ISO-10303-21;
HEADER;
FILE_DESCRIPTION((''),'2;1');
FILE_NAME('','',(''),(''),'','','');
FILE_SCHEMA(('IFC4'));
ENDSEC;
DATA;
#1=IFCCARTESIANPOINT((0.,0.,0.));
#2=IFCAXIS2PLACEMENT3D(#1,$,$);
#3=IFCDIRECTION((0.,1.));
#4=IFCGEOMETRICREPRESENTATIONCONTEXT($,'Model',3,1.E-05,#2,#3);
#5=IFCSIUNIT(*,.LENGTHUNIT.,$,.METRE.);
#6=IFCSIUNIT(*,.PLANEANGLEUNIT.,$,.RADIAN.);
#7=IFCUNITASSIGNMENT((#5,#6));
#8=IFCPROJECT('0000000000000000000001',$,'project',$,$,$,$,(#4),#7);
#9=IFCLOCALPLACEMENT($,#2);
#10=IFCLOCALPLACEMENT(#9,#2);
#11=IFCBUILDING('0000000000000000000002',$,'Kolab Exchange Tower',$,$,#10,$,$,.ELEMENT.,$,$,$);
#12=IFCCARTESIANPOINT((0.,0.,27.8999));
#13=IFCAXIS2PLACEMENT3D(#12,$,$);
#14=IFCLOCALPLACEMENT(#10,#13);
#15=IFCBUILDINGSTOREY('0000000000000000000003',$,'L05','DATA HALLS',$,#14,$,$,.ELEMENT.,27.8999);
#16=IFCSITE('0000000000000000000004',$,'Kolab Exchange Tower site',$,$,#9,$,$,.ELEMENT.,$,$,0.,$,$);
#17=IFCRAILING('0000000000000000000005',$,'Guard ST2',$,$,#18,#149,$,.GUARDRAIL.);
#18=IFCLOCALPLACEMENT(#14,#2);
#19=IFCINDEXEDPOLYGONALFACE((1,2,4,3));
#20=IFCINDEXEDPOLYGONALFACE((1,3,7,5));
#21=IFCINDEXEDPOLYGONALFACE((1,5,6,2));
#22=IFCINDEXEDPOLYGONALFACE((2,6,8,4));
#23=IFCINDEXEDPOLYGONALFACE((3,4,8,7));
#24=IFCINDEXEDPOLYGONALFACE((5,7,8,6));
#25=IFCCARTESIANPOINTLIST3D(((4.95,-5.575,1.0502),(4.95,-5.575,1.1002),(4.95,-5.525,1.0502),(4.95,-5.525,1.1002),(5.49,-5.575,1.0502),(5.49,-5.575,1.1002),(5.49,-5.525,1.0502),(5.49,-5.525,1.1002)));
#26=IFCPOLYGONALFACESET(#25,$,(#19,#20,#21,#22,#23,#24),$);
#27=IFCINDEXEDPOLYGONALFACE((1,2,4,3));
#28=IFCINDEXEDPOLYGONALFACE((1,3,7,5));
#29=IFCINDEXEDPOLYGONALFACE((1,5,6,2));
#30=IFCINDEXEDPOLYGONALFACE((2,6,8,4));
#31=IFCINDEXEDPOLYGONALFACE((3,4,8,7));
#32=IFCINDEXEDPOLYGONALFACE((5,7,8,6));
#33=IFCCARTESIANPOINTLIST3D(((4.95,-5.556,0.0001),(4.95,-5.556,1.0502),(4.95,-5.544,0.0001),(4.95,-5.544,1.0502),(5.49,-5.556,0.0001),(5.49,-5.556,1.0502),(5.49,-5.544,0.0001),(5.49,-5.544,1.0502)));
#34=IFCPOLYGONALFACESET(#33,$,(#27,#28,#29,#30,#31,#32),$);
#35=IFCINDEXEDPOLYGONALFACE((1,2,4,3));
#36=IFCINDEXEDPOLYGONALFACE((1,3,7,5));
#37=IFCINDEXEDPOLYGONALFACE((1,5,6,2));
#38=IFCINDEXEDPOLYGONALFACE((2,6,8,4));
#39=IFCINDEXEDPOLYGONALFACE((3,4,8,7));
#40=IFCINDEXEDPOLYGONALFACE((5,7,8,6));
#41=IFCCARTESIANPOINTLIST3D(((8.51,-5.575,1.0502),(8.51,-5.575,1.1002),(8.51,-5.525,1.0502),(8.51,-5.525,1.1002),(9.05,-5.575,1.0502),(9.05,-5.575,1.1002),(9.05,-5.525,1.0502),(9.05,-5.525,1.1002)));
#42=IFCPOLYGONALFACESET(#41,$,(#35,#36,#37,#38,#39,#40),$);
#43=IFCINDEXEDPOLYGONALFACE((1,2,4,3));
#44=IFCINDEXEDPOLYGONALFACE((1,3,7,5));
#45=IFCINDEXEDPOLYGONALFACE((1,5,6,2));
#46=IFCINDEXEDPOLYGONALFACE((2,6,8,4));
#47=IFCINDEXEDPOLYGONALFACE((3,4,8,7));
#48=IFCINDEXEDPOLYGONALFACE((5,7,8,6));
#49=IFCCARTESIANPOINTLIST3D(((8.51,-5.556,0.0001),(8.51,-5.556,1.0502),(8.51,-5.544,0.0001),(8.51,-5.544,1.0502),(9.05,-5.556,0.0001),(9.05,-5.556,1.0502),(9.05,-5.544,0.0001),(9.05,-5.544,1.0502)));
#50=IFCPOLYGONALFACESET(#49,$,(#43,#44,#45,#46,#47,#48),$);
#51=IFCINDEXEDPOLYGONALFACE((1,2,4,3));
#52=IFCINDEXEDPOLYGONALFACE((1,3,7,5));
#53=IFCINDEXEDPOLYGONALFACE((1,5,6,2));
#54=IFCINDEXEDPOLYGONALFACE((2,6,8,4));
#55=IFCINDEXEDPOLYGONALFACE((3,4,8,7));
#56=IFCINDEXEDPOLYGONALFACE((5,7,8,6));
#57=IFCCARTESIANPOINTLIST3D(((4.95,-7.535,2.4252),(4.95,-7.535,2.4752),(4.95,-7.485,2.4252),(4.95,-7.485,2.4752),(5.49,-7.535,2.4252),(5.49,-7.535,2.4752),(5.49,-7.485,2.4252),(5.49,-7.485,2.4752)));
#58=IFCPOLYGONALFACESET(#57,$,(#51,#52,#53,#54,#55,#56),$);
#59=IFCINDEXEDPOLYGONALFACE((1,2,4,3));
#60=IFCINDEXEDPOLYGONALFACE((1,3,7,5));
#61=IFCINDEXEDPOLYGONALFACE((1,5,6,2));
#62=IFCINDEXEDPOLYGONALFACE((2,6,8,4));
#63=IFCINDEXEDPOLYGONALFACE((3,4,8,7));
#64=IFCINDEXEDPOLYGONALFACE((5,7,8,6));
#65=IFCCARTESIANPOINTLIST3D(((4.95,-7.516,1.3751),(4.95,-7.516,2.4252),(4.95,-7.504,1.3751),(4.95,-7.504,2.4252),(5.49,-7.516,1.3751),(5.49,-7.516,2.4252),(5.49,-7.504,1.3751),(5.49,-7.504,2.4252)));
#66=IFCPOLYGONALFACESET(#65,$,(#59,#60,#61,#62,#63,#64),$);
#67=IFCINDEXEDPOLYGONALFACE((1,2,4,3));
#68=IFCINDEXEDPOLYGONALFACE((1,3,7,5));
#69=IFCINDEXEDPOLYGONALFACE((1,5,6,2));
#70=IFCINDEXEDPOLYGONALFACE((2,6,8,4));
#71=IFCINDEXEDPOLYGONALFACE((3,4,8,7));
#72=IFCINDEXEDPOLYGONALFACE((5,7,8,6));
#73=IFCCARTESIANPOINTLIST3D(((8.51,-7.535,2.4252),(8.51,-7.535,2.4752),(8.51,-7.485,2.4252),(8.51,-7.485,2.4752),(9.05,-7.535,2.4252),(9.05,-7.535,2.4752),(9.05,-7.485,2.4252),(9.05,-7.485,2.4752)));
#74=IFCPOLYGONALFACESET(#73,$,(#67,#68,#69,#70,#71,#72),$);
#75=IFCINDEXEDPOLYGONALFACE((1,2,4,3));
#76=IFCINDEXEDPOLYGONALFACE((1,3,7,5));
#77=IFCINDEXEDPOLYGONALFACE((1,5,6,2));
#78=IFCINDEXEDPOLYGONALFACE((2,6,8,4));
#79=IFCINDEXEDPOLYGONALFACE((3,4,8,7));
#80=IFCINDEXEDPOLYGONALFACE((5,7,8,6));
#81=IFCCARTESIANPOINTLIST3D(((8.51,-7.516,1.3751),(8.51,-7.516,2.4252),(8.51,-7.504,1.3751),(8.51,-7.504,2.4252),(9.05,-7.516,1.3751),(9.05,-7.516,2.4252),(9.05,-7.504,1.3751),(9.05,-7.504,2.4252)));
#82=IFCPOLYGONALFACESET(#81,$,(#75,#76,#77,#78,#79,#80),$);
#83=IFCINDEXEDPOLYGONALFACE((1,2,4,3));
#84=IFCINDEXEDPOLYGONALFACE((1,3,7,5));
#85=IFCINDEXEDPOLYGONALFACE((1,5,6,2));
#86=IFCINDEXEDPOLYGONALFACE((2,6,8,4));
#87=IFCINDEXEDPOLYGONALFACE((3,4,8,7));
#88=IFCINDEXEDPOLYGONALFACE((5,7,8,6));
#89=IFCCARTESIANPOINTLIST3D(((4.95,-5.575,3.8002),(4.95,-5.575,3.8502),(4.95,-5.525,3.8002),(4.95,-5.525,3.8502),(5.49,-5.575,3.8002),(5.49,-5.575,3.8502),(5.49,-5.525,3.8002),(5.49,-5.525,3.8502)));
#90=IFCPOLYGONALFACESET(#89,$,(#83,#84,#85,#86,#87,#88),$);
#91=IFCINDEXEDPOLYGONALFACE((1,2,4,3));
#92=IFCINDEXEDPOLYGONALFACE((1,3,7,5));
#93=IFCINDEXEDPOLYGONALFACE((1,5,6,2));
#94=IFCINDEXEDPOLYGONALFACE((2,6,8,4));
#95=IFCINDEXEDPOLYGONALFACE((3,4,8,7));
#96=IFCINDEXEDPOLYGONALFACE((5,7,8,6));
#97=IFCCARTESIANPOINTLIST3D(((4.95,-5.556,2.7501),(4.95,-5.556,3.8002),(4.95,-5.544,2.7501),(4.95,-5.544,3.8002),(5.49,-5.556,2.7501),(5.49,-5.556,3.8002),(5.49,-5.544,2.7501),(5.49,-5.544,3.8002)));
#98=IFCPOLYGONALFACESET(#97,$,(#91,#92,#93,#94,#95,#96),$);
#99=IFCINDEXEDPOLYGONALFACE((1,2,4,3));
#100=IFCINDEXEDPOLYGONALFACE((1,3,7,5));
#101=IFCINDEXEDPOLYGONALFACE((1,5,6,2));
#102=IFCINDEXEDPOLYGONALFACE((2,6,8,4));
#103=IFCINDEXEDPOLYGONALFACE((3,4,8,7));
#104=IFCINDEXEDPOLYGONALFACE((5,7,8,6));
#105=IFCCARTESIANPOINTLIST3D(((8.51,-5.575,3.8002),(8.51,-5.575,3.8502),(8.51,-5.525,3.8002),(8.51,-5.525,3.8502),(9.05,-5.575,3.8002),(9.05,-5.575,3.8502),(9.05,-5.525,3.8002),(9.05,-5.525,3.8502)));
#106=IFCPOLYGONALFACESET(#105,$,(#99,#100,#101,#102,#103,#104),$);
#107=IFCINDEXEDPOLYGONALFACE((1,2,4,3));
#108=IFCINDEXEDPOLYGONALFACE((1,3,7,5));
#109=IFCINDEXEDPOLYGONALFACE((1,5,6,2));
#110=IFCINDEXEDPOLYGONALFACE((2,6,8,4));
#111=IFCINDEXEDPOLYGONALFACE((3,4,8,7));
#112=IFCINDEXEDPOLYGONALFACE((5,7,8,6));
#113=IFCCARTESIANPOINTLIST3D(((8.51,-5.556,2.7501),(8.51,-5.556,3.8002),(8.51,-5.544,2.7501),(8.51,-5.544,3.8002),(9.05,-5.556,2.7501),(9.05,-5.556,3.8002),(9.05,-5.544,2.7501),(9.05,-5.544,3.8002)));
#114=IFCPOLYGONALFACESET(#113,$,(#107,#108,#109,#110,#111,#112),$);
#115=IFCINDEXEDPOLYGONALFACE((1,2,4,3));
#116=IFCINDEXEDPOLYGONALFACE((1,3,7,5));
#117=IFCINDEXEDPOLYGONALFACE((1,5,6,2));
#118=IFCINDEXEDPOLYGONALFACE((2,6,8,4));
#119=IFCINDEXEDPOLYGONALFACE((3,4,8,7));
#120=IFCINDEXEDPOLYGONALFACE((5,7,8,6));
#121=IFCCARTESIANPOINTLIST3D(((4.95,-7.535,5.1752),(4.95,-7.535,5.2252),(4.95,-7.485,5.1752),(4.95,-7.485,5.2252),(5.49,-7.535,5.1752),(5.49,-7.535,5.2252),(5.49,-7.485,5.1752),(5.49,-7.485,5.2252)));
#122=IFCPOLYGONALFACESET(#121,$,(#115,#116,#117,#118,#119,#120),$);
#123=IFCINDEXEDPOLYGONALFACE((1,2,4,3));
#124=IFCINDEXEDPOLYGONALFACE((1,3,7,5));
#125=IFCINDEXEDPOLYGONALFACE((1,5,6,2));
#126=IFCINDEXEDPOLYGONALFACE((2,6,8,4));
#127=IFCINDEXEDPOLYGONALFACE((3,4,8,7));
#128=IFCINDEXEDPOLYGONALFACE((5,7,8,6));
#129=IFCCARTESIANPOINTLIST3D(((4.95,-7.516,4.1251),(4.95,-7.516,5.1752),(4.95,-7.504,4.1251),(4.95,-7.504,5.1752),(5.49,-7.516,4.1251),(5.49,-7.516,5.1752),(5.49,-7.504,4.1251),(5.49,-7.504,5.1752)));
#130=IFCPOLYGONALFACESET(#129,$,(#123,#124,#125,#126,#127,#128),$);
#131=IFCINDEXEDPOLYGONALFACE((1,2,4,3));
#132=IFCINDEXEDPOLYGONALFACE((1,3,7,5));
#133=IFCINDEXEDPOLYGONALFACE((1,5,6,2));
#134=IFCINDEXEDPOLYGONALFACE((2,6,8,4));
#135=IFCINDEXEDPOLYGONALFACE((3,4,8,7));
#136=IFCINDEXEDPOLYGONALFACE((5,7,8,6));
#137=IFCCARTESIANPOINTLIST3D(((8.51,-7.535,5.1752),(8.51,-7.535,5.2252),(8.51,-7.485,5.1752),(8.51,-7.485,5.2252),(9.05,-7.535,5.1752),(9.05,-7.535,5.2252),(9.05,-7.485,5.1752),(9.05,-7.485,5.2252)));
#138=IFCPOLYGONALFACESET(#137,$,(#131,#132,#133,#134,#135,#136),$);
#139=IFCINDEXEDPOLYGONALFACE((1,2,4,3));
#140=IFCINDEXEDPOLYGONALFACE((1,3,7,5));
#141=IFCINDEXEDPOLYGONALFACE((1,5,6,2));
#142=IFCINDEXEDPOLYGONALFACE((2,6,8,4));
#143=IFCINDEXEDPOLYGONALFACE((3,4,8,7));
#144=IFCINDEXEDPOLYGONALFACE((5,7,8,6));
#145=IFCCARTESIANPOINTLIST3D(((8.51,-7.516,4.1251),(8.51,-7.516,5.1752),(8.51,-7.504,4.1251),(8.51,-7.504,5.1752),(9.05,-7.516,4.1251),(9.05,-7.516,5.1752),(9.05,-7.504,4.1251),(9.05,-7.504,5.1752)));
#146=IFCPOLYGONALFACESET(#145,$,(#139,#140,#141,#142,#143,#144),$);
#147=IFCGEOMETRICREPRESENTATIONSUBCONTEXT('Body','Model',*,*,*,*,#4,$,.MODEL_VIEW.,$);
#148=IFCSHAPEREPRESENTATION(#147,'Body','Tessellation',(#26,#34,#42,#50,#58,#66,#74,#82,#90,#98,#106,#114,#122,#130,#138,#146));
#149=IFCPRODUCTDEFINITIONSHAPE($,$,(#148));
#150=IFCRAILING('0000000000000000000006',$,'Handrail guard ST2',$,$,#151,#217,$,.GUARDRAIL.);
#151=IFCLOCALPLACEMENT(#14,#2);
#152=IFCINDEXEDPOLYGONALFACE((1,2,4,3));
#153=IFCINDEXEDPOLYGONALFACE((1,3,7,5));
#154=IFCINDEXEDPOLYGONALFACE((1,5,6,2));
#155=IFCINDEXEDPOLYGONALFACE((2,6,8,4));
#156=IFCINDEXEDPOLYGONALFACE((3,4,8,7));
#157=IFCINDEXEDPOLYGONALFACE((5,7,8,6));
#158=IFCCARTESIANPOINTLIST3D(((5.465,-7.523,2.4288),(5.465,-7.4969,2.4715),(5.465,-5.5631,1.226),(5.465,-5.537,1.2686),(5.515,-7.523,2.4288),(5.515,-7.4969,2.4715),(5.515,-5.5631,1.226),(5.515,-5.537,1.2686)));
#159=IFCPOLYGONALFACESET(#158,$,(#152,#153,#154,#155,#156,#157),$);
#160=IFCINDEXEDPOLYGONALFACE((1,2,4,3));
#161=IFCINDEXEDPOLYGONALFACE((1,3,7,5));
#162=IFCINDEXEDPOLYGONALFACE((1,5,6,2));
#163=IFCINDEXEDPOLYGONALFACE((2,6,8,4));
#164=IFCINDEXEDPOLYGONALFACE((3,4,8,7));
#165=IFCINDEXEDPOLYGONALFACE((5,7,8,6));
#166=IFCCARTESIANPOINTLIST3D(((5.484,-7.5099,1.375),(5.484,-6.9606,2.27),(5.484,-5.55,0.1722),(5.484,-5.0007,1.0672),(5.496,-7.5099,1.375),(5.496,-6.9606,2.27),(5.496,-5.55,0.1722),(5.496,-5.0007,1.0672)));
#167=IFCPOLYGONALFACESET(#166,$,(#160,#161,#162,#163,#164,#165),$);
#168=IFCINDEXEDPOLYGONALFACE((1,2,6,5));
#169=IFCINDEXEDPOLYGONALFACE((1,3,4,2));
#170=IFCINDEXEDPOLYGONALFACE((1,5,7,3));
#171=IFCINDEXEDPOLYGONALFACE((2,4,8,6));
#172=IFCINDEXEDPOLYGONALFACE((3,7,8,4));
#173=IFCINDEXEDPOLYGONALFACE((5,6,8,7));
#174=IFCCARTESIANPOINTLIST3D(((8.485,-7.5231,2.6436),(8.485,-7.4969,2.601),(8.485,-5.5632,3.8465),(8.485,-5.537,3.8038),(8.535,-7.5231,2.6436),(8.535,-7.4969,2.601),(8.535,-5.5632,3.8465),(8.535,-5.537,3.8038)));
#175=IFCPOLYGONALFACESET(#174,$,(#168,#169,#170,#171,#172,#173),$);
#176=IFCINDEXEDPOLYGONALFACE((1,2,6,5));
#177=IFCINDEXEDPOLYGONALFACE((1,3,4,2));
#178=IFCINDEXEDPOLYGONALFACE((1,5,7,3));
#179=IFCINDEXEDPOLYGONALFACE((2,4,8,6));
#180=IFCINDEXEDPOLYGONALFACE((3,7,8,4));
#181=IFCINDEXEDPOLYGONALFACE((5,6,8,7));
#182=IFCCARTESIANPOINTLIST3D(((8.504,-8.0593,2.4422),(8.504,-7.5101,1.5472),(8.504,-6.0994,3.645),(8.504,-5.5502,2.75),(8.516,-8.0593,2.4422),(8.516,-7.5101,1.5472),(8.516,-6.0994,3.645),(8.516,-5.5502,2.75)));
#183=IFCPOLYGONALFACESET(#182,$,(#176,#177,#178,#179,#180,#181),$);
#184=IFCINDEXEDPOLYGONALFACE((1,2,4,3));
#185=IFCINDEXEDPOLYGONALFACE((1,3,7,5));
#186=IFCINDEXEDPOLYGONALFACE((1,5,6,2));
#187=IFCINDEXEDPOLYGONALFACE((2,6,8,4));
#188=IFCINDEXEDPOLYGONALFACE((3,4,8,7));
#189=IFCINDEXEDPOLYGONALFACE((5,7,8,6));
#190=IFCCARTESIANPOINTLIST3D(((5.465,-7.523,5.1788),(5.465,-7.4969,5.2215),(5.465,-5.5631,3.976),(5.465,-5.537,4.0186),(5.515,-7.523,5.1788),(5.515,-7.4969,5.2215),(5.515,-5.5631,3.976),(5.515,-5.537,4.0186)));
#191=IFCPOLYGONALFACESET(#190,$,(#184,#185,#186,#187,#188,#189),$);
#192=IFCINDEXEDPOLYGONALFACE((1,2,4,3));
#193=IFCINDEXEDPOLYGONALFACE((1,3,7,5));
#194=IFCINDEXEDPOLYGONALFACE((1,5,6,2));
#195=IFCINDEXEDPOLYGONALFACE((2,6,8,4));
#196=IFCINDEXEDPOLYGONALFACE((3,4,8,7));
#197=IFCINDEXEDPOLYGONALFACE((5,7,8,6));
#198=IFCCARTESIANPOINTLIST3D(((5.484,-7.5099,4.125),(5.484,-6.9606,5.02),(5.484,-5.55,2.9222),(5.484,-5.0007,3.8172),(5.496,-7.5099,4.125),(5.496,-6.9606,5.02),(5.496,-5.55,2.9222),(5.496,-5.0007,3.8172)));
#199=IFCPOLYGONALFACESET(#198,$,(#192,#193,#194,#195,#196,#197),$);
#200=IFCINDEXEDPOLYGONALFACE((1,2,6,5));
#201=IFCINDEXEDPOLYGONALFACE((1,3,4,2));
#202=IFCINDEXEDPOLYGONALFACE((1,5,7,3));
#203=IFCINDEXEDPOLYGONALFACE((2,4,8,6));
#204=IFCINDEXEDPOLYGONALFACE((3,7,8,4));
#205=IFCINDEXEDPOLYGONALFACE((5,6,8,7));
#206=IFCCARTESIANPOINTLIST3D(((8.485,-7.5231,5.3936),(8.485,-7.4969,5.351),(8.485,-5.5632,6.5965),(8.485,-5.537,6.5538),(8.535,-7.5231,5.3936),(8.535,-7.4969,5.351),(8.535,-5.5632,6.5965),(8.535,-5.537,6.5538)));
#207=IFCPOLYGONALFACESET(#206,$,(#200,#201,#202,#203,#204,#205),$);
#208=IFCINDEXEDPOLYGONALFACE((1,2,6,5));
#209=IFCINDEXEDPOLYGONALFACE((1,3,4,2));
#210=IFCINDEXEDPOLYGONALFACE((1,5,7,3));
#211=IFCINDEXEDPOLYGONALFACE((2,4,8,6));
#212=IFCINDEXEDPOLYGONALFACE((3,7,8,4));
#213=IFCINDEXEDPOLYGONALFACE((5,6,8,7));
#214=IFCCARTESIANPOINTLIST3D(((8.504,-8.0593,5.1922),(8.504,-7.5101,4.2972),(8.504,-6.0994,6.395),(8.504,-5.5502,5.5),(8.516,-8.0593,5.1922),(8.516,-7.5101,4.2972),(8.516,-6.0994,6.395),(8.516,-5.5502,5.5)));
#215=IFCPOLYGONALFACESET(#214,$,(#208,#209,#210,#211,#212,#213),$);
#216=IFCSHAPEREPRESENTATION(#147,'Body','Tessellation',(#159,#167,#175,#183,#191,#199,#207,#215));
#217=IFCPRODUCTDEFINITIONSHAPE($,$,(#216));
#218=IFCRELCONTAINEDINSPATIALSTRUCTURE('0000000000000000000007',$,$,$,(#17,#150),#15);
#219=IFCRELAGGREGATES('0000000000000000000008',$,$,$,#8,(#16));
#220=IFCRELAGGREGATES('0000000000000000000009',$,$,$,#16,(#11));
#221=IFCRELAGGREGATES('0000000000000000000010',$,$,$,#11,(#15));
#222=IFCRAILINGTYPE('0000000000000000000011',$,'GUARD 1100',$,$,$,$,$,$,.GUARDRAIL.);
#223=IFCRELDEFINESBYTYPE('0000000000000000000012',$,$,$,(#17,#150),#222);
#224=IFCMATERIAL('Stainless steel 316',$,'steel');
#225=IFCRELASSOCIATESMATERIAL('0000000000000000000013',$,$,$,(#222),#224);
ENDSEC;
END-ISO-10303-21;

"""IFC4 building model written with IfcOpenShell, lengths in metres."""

from ifc_helpers import new_model, si_unit, direction, frame, frame_2d, origin, origin_2d, place, context, subcontext, project, spatial, rectangle, extrude, material, type_object, element, save


model = new_model("IFC4")

# Units and contexts
model_context = context("Model", 3, precision=1e-05, world=origin(), true_north=direction((0.0, 1.0)))
body_context = subcontext(model_context, "Body", "Model", "MODEL_VIEW")
ifc_project = project(units=[si_unit("LENGTHUNIT", "METRE"), si_unit("PLANEANGLEUNIT", "RADIAN")], contexts=[model_context])

# Site, building, storey
site_placement = place(None, origin())
site = spatial("IfcSite", under=ifc_project, at=site_placement, Name="Kolab Exchange Tower site", CompositionType="ELEMENT", RefElevation=0.0)
building_placement = place(site_placement, origin())
building = spatial("IfcBuilding", under=site, at=building_placement, Name="Kolab Exchange Tower", CompositionType="ELEMENT")
storey_placement = place(building_placement, frame((0.0, 0.0, 27.8999)))
storey = spatial("IfcBuildingStorey", under=building, at=storey_placement, Name="L05", Description="DATA HALLS", CompositionType="ELEMENT", Elevation=27.8999)

# Shared definitions
ifc_material_1 = material(Name="Stainless steel 316", Category="steel")

# Railings
railing_type = type_object("IfcRailingType", Name="GUARD 1100", PredefinedType="GUARDRAIL", material=ifc_material_1)
railing_1_placement = place(storey_placement, frame((4.95, -5.55, 0.0)))
element("IfcRailing", 1, at=railing_1_placement, inside=storey, type_object=railing_type, Name="Guard ST2", PredefinedType="GUARDRAIL", context=body_context, shape_type="SweptSolid", body=[
    extrude(rectangle(XDim=0.05, YDim=0.05, at=origin_2d()), frame((0.0, 0.0, 1.0752), z_axis=(1.0, 0.0, 0.0), x_axis=(0.0, 1.0, 0.0)), (0.0, 0.0, 1.0), 0.54),
    extrude(rectangle(XDim=0.012, YDim=1.0501, at=frame_2d((0.0, 0.5251))), frame((0.0, 0.0, 0.0), z_axis=(1.0, 0.0, 0.0), x_axis=(0.0, 1.0, 0.0)), (0.0, 0.0, 1.0), 0.54),
    extrude(rectangle(XDim=0.05, YDim=0.05, at=origin_2d()), frame((3.5601, 0.0, 1.0752), z_axis=(1.0, 0.0, 0.0), x_axis=(0.0, 1.0, 0.0)), (0.0, 0.0, 1.0), 0.54),
    extrude(rectangle(XDim=0.012, YDim=1.0501, at=frame_2d((0.0, 0.5251))), frame((3.5601, 0.0, 0.0), z_axis=(1.0, 0.0, 0.0), x_axis=(0.0, 1.0, 0.0)), (0.0, 0.0, 1.0), 0.54),
    extrude(rectangle(XDim=0.05, YDim=0.05, at=origin_2d()), frame((0.0, -1.96, 2.4502), z_axis=(1.0, 0.0, 0.0), x_axis=(0.0, 1.0, 0.0)), (0.0, 0.0, 1.0), 0.54),
    extrude(rectangle(XDim=0.012, YDim=1.0501, at=frame_2d((0.0, 0.5251))), frame((0.0, -1.96, 1.375), z_axis=(1.0, 0.0, 0.0), x_axis=(0.0, 1.0, 0.0)), (0.0, 0.0, 1.0), 0.54),
    extrude(rectangle(XDim=0.05, YDim=0.05, at=origin_2d()), frame((3.5601, -1.96, 2.4502), z_axis=(1.0, 0.0, 0.0), x_axis=(0.0, 1.0, 0.0)), (0.0, 0.0, 1.0), 0.54),
    extrude(rectangle(XDim=0.012, YDim=1.0501, at=frame_2d((0.0, 0.5251))), frame((3.5601, -1.96, 1.375), z_axis=(1.0, 0.0, 0.0), x_axis=(0.0, 1.0, 0.0)), (0.0, 0.0, 1.0), 0.54),
    extrude(rectangle(XDim=0.05, YDim=0.05, at=origin_2d()), frame((0.0, 0.0, 3.8252), z_axis=(1.0, 0.0, 0.0), x_axis=(0.0, 1.0, 0.0)), (0.0, 0.0, 1.0), 0.54),
    extrude(rectangle(XDim=0.012, YDim=1.0501, at=frame_2d((0.0, 0.5251))), frame((0.0, 0.0, 2.75), z_axis=(1.0, 0.0, 0.0), x_axis=(0.0, 1.0, 0.0)), (0.0, 0.0, 1.0), 0.54),
    extrude(rectangle(XDim=0.05, YDim=0.05, at=origin_2d()), frame((3.5601, 0.0, 3.8252), z_axis=(1.0, 0.0, 0.0), x_axis=(0.0, 1.0, 0.0)), (0.0, 0.0, 1.0), 0.54),
    extrude(rectangle(XDim=0.012, YDim=1.0501, at=frame_2d((0.0, 0.5251))), frame((3.5601, 0.0, 2.75), z_axis=(1.0, 0.0, 0.0), x_axis=(0.0, 1.0, 0.0)), (0.0, 0.0, 1.0), 0.54),
    extrude(rectangle(XDim=0.05, YDim=0.05, at=origin_2d()), frame((0.0, -1.96, 5.2002), z_axis=(1.0, 0.0, 0.0), x_axis=(0.0, 1.0, 0.0)), (0.0, 0.0, 1.0), 0.54),
    extrude(rectangle(XDim=0.012, YDim=1.0501, at=frame_2d((0.0, 0.5251))), frame((0.0, -1.96, 4.125), z_axis=(1.0, 0.0, 0.0), x_axis=(0.0, 1.0, 0.0)), (0.0, 0.0, 1.0), 0.54),
    extrude(rectangle(XDim=0.05, YDim=0.05, at=origin_2d()), frame((3.5601, -1.96, 5.2002), z_axis=(1.0, 0.0, 0.0), x_axis=(0.0, 1.0, 0.0)), (0.0, 0.0, 1.0), 0.54),
    extrude(rectangle(XDim=0.012, YDim=1.0501, at=frame_2d((0.0, 0.5251))), frame((3.5601, -1.96, 4.125), z_axis=(1.0, 0.0, 0.0), x_axis=(0.0, 1.0, 0.0)), (0.0, 0.0, 1.0), 0.54),
])
railing_2_placement = place(storey_placement, frame((5.49, -5.55, 0.1721)))
element("IfcRailing", 2, at=railing_2_placement, inside=storey, type_object=railing_type, Name="Handrail guard ST2", PredefinedType="GUARDRAIL", context=body_context, shape_type="SweptSolid", body=[
    extrude(rectangle(XDim=0.05, YDim=0.05, at=origin_2d()), frame((0.0, 0.0, 1.0752), z_axis=(0.0, -0.852288, 0.523072), x_axis=(1.0, 0.0, 0.0)), (0.0, 0.0, 1.0), 2.2996),
    extrude(rectangle(XDim=0.012, YDim=1.0501, at=frame_2d((0.0, 0.5251))), frame((0.0, 0.0, 0.0), z_axis=(0.0, -0.852288, 0.523072), x_axis=(1.0, 0.0, 0.0)), (0.0, 0.0, 1.0), 2.2996),
    extrude(rectangle(XDim=0.05, YDim=0.05, at=origin_2d()), frame((3.02, -1.96, 2.4502), z_axis=(0.0, 0.852288, 0.523072), x_axis=(-1.0, 0.0, 0.0)), (0.0, 0.0, 1.0), 2.2996),
    extrude(rectangle(XDim=0.012, YDim=1.0501, at=frame_2d((0.0, 0.5251))), frame((3.02, -1.96, 1.375), z_axis=(0.0, 0.852288, 0.523072), x_axis=(-1.0, 0.0, 0.0)), (0.0, 0.0, 1.0), 2.2996),
    extrude(rectangle(XDim=0.05, YDim=0.05, at=origin_2d()), frame((0.0, 0.0, 3.8252), z_axis=(0.0, -0.852288, 0.523072), x_axis=(1.0, 0.0, 0.0)), (0.0, 0.0, 1.0), 2.2996),
    extrude(rectangle(XDim=0.012, YDim=1.0501, at=frame_2d((0.0, 0.5251))), frame((0.0, 0.0, 2.75), z_axis=(0.0, -0.852288, 0.523072), x_axis=(1.0, 0.0, 0.0)), (0.0, 0.0, 1.0), 2.2996),
    extrude(rectangle(XDim=0.05, YDim=0.05, at=origin_2d()), frame((3.02, -1.96, 5.2002), z_axis=(0.0, 0.852288, 0.523072), x_axis=(-1.0, 0.0, 0.0)), (0.0, 0.0, 1.0), 2.2996),
    extrude(rectangle(XDim=0.012, YDim=1.0501, at=frame_2d((0.0, 0.5251))), frame((3.02, -1.96, 4.125), z_axis=(0.0, 0.852288, 0.523072), x_axis=(-1.0, 0.0, 0.0)), (0.0, 0.0, 1.0), 2.2996),
])

save(model, "model.ifc")
